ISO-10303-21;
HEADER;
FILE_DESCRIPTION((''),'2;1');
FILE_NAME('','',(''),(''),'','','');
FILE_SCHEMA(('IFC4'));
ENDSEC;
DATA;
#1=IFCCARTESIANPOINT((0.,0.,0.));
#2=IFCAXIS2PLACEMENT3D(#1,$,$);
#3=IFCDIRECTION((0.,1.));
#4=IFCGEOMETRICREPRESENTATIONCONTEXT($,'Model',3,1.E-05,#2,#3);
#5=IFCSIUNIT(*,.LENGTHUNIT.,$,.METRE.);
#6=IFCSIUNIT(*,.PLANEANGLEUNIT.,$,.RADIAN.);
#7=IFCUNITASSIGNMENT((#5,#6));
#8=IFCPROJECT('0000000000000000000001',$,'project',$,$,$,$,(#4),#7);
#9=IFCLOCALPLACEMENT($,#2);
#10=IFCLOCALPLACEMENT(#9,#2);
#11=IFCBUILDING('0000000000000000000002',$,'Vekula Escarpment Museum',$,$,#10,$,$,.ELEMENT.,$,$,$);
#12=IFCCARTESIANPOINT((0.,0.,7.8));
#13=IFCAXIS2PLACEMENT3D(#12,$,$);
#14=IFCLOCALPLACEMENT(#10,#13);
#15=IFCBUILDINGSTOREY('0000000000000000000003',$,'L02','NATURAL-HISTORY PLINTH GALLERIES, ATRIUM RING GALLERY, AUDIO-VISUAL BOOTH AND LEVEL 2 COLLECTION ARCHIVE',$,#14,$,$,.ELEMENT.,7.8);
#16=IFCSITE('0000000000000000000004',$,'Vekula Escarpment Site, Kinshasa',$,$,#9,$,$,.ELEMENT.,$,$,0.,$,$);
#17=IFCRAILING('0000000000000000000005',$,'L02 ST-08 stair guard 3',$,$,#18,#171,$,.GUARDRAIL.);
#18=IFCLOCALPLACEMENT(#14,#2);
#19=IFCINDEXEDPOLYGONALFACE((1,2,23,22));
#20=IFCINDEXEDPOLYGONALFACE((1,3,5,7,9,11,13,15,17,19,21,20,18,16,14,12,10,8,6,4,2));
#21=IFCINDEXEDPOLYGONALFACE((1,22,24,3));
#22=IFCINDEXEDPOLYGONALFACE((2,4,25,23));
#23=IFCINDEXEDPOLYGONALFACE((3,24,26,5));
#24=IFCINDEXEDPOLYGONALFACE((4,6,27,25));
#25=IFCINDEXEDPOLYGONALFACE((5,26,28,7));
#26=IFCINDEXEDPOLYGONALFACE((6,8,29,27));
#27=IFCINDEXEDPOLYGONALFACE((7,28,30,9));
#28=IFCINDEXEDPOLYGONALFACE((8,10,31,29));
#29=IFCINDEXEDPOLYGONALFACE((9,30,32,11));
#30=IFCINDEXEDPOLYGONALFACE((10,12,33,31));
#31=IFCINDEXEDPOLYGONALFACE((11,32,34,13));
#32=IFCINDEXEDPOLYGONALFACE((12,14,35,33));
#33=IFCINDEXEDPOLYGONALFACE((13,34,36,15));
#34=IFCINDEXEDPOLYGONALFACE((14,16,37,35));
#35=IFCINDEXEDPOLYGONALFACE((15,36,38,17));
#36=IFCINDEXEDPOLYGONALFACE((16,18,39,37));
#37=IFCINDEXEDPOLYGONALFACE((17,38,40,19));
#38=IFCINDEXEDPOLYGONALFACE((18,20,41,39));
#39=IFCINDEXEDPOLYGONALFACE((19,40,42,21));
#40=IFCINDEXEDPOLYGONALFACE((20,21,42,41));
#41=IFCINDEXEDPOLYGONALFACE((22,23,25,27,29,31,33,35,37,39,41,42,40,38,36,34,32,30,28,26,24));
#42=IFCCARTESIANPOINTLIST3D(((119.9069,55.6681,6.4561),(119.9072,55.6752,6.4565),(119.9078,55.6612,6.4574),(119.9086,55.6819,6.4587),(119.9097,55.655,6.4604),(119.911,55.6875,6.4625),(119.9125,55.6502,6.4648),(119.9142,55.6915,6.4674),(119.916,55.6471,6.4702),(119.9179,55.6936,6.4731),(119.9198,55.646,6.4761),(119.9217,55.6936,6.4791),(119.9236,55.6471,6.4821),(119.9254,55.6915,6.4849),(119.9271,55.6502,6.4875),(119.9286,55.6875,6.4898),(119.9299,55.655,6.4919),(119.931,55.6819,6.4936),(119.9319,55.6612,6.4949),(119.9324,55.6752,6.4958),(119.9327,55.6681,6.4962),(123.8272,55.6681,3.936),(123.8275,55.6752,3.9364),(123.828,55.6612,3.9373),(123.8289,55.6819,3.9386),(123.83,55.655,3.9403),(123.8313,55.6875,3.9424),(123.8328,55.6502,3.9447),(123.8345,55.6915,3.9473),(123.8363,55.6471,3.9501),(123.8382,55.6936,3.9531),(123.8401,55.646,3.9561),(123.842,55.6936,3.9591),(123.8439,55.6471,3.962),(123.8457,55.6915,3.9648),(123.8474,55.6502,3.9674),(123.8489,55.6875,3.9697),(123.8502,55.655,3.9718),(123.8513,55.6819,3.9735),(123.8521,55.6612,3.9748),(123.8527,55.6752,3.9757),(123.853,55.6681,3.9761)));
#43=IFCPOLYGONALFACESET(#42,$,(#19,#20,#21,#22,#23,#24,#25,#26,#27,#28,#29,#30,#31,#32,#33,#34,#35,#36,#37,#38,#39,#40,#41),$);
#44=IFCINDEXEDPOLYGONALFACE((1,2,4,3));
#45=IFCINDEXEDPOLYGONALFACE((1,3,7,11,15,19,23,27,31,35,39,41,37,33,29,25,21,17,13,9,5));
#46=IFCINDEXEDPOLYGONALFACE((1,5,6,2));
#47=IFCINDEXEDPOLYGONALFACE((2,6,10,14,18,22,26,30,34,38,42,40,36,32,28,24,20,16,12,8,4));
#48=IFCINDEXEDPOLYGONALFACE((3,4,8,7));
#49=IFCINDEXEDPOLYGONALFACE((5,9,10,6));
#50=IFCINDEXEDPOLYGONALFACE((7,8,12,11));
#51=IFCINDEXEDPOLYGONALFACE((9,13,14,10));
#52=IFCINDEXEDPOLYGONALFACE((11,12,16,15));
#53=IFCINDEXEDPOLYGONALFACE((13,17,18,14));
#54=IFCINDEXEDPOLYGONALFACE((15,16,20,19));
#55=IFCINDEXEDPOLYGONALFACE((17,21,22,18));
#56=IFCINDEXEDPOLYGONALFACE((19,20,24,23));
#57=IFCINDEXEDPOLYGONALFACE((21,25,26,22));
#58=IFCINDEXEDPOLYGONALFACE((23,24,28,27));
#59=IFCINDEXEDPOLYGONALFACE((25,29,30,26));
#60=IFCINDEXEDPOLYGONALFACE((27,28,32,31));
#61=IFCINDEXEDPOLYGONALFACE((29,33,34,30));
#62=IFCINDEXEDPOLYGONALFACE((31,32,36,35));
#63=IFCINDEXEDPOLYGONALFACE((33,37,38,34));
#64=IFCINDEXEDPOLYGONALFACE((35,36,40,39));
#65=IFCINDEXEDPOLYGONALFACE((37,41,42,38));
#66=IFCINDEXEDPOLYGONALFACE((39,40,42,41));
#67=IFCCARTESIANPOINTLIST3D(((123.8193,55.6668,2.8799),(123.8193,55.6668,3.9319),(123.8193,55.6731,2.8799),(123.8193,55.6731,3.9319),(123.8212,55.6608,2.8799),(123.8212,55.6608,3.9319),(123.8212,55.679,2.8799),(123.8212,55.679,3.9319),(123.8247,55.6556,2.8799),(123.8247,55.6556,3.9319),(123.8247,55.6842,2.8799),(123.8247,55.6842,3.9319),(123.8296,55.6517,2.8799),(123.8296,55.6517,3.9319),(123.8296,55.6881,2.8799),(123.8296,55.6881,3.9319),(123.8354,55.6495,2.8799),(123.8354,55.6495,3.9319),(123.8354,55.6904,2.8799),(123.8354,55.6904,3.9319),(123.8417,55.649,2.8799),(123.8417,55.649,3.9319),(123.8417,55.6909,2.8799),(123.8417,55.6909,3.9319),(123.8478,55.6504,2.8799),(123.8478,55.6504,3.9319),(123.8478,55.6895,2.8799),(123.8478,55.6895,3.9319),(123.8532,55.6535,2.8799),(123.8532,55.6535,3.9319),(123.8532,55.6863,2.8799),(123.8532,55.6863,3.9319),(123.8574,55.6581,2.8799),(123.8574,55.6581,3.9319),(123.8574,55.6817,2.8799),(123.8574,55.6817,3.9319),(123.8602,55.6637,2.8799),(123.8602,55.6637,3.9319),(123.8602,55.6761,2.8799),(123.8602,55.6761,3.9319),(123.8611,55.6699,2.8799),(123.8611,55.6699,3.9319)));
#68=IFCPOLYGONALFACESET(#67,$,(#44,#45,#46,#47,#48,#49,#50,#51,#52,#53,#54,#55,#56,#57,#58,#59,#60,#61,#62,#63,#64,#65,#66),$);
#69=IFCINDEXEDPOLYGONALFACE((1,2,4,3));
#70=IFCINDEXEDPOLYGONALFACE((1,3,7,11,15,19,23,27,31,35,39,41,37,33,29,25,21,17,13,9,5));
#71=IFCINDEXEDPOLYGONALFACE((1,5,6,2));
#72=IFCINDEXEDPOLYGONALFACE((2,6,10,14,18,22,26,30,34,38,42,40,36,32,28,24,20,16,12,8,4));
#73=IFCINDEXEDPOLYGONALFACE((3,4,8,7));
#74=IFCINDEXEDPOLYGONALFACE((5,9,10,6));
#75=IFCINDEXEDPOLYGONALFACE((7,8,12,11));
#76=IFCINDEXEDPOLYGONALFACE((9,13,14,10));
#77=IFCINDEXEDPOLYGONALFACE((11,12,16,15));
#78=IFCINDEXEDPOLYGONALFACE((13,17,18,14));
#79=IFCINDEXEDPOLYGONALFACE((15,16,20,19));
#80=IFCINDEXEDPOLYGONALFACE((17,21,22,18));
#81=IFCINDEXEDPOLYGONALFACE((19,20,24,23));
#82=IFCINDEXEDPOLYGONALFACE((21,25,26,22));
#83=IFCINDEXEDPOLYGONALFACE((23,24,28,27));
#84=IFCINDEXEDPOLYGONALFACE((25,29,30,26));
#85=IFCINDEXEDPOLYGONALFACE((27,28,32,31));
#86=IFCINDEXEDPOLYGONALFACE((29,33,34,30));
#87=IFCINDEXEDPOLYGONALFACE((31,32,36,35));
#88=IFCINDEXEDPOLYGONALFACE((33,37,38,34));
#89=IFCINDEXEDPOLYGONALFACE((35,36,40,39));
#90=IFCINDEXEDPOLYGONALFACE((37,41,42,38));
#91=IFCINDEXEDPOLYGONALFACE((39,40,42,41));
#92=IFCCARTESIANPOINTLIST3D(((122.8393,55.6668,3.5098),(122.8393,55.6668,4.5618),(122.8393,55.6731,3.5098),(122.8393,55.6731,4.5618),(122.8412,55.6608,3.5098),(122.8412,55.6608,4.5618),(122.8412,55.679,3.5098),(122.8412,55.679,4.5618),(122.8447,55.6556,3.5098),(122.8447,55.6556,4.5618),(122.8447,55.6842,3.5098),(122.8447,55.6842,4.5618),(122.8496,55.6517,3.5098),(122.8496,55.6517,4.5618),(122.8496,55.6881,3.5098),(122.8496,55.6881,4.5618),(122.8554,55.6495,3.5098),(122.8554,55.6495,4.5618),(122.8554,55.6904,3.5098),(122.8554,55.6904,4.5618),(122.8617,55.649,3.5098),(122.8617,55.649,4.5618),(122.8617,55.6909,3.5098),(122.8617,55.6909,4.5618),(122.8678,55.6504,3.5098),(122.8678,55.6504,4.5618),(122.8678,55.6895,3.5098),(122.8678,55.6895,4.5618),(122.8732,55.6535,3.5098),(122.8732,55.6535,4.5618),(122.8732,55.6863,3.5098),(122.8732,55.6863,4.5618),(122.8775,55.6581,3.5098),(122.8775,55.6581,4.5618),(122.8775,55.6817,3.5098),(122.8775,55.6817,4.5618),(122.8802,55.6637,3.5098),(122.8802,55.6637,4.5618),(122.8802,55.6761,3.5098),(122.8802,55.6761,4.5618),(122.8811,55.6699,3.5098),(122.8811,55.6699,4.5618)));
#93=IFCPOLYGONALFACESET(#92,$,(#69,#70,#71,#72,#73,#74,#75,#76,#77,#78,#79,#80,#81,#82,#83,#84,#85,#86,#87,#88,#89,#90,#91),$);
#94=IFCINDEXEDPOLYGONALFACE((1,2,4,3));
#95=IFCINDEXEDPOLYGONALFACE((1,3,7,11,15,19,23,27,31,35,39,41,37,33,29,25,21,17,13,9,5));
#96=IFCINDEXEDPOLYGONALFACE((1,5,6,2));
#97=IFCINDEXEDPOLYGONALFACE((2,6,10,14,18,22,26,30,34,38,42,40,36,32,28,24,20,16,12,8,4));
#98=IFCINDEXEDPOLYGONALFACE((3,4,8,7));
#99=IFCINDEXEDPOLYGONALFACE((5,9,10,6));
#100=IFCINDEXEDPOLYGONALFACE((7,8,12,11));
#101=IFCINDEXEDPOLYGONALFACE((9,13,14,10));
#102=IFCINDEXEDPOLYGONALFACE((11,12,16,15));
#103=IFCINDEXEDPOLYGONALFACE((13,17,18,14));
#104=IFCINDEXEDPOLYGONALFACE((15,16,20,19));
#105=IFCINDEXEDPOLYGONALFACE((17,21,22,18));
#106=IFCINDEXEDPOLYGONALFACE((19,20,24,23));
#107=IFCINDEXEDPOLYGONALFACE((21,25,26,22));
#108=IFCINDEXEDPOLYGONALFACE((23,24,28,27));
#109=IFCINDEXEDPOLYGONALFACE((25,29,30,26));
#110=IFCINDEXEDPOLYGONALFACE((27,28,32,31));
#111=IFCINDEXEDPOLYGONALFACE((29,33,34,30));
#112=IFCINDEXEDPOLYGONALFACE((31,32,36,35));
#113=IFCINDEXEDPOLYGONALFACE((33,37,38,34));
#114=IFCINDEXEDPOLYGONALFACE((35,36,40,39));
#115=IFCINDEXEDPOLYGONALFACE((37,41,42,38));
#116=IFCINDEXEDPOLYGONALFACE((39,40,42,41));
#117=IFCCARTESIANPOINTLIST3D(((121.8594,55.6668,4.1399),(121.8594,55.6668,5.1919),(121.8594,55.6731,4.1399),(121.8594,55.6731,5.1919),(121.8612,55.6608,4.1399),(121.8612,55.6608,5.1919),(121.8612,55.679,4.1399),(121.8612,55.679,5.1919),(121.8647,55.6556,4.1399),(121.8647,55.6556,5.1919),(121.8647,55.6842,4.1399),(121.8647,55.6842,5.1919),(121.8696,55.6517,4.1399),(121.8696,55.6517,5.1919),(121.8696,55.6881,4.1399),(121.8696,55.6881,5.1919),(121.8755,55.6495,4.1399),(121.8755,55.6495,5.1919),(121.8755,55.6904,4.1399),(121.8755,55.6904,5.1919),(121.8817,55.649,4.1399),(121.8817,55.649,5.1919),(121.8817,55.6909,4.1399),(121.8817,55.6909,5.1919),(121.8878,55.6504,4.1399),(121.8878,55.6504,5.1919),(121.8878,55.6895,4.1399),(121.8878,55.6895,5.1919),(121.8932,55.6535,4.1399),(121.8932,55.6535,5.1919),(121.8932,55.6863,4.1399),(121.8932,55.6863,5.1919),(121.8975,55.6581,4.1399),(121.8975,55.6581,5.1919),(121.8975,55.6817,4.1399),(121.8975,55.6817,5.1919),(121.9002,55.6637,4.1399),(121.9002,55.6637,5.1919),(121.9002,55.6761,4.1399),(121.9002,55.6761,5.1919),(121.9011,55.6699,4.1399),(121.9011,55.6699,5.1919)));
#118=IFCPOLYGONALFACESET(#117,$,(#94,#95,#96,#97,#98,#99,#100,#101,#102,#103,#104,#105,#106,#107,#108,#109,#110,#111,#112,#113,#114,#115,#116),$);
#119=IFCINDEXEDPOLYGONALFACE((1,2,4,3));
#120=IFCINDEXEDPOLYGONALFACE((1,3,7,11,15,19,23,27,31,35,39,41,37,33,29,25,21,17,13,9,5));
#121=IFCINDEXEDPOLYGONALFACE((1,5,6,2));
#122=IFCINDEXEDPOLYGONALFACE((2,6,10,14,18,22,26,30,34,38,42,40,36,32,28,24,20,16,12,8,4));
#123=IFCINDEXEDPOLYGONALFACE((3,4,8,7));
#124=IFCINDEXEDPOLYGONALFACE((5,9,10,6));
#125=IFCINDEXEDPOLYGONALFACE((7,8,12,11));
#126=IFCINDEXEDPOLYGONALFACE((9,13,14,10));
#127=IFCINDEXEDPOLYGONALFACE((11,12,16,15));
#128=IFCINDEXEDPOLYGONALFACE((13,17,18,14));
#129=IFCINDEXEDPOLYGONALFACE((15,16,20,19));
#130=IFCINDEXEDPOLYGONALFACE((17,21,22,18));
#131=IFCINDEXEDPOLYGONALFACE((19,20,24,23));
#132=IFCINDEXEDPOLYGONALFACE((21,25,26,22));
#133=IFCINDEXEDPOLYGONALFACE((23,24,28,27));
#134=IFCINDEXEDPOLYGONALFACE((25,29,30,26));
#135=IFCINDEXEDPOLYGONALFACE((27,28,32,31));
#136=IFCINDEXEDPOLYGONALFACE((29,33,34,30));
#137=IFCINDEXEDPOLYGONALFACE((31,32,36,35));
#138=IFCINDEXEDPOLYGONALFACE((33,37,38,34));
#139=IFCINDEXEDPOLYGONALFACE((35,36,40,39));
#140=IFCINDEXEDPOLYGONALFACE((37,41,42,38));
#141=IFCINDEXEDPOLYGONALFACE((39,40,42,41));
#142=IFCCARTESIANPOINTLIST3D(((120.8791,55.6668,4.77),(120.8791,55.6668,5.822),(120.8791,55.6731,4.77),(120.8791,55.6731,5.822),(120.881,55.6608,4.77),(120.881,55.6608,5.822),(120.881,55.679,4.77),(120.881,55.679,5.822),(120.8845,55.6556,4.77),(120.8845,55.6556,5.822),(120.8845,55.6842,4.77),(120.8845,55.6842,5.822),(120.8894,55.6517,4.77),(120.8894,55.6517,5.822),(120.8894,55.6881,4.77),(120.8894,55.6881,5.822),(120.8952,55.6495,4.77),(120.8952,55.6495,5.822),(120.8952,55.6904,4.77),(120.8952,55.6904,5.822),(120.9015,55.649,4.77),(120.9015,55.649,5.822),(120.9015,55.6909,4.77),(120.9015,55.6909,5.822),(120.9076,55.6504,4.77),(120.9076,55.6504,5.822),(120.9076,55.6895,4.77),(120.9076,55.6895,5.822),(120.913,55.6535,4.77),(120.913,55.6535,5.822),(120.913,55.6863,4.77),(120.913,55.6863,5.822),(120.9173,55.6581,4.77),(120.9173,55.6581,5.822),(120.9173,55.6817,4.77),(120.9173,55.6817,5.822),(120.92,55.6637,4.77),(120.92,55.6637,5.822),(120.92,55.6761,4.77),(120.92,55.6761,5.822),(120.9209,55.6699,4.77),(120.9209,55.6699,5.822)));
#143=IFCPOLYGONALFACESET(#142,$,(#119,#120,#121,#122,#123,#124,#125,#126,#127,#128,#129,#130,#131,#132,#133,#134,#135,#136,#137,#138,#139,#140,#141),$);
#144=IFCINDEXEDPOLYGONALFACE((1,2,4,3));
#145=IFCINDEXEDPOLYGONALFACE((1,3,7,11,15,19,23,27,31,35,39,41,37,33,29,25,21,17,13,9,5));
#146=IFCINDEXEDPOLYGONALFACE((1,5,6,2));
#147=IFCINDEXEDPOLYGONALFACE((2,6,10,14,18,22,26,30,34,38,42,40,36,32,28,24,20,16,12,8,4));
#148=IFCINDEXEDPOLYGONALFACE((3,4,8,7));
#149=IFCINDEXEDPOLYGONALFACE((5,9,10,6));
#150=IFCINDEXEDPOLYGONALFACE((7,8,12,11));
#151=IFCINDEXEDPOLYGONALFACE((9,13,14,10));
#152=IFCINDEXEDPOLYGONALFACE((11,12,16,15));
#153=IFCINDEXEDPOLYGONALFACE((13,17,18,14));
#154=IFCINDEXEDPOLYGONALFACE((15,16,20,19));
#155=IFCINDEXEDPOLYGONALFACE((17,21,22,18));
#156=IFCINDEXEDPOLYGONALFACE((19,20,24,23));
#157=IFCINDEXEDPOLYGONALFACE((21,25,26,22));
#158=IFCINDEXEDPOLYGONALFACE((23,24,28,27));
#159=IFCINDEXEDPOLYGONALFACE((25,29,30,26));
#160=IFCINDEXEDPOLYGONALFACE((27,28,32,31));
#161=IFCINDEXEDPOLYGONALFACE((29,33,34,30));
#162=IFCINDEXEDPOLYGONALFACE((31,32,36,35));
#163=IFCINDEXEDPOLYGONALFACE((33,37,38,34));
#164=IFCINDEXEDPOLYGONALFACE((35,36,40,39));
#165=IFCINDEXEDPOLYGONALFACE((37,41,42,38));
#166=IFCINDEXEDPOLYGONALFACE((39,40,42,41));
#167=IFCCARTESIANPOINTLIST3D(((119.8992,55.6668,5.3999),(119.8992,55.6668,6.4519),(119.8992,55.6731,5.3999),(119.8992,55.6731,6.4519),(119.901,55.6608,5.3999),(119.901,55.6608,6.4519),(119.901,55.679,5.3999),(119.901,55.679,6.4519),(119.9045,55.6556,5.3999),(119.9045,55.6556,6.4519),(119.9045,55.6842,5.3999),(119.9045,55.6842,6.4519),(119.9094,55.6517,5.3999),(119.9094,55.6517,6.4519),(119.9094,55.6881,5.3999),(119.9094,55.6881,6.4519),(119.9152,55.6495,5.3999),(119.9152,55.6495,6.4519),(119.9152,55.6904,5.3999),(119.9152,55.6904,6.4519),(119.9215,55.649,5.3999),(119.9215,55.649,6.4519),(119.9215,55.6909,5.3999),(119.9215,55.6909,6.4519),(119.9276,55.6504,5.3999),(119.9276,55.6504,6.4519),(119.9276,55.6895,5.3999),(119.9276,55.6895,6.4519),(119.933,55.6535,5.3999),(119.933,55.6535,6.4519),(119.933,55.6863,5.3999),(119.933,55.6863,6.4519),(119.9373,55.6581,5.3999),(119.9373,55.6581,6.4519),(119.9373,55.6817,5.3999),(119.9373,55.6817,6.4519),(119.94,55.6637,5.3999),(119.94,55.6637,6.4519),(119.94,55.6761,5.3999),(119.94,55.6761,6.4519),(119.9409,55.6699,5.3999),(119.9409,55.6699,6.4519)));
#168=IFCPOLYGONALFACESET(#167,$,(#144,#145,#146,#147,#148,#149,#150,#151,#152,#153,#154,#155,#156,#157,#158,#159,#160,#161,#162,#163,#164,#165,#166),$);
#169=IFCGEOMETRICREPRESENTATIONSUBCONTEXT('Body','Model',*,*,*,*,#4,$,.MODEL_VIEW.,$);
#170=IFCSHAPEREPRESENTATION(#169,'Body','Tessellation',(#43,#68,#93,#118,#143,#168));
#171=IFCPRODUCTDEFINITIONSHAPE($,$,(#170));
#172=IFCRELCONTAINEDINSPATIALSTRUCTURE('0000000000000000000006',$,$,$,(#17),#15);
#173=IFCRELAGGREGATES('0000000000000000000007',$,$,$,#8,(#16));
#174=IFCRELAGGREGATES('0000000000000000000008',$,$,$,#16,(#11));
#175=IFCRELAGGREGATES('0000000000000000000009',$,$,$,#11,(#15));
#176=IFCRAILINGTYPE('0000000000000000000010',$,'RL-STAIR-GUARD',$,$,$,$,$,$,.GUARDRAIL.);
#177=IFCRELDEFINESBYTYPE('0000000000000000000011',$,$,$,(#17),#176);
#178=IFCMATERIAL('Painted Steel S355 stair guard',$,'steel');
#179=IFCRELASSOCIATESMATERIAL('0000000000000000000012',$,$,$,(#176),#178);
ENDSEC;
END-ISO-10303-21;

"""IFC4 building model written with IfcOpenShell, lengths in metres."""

from ifc_helpers import new_model, si_unit, direction, frame, origin, origin_2d, place, context, subcontext, project, spatial, circle, extrude, material, type_object, element, save


model = new_model("IFC4")

# Units and contexts
model_context = context("Model", 3, precision=1e-05, world=origin(), true_north=direction((0.0, 1.0)))
body_context = subcontext(model_context, "Body", "Model", "MODEL_VIEW")
ifc_project = project(units=[si_unit("LENGTHUNIT", "METRE"), si_unit("PLANEANGLEUNIT", "RADIAN")], contexts=[model_context])

# Site, building, storey
site_placement = place(None, origin())
site = spatial("IfcSite", under=ifc_project, at=site_placement, Name="Vekula Escarpment Site, Kinshasa", CompositionType="ELEMENT", RefElevation=0.0)
building_placement = place(site_placement, origin())
building = spatial("IfcBuilding", under=site, at=building_placement, Name="Vekula Escarpment Museum", CompositionType="ELEMENT")
storey_placement = place(building_placement, frame((0.0, 0.0, 7.8)))
storey = spatial("IfcBuildingStorey", under=building, at=storey_placement, Name="L02", Description="NATURAL-HISTORY PLINTH GALLERIES, ATRIUM RING GALLERY, AUDIO-VISUAL BOOTH AND LEVEL 2 COLLECTION ARCHIVE", CompositionType="ELEMENT", Elevation=7.8)

# Railing
ifc_material_1 = material(Name="Painted Steel S355 stair guard", Category="steel")
railing_type_1 = type_object("IfcRailingType", Name="RL-STAIR-GUARD", PredefinedType="GUARDRAIL", material=ifc_material_1)
railing_1_placement = place(storey_placement, frame((123.8401, 55.6699, 2.8799)))
element("IfcRailing", 1, at=railing_1_placement, inside=storey, type_object=railing_type_1, Name="L02 ST-08 stair guard 3", PredefinedType="GUARDRAIL", context=body_context, shape_type="SweptSolid", body=[
    extrude(circle(Radius=0.0239, at=origin_2d()), frame((0.0, 0.0, 1.0762), z_axis=(-0.841187, 0.0, 0.540744), x_axis=(0.0, -1.0, 0.0)), (0.0, 0.0, 1.0), 4.6604),
    extrude(circle(Radius=0.021, at=origin_2d()), origin(), (0.0, 0.0, 1.0), 1.052),
    extrude(circle(Radius=0.021, at=origin_2d()), frame((-0.98, 0.0, 0.6299)), (0.0, 0.0, 1.0), 1.052),
    extrude(circle(Radius=0.021, at=origin_2d()), frame((-1.96, 0.0, 1.26)), (0.0, 0.0, 1.0), 1.052),
    extrude(circle(Radius=0.021, at=origin_2d()), frame((-2.9402, 0.0, 1.8901)), (0.0, 0.0, 1.0), 1.052),
    extrude(circle(Radius=0.021, at=origin_2d()), frame((-3.9202, 0.0, 2.52)), (0.0, 0.0, 1.0), 1.052),
])

save(model, "model.ifc")
